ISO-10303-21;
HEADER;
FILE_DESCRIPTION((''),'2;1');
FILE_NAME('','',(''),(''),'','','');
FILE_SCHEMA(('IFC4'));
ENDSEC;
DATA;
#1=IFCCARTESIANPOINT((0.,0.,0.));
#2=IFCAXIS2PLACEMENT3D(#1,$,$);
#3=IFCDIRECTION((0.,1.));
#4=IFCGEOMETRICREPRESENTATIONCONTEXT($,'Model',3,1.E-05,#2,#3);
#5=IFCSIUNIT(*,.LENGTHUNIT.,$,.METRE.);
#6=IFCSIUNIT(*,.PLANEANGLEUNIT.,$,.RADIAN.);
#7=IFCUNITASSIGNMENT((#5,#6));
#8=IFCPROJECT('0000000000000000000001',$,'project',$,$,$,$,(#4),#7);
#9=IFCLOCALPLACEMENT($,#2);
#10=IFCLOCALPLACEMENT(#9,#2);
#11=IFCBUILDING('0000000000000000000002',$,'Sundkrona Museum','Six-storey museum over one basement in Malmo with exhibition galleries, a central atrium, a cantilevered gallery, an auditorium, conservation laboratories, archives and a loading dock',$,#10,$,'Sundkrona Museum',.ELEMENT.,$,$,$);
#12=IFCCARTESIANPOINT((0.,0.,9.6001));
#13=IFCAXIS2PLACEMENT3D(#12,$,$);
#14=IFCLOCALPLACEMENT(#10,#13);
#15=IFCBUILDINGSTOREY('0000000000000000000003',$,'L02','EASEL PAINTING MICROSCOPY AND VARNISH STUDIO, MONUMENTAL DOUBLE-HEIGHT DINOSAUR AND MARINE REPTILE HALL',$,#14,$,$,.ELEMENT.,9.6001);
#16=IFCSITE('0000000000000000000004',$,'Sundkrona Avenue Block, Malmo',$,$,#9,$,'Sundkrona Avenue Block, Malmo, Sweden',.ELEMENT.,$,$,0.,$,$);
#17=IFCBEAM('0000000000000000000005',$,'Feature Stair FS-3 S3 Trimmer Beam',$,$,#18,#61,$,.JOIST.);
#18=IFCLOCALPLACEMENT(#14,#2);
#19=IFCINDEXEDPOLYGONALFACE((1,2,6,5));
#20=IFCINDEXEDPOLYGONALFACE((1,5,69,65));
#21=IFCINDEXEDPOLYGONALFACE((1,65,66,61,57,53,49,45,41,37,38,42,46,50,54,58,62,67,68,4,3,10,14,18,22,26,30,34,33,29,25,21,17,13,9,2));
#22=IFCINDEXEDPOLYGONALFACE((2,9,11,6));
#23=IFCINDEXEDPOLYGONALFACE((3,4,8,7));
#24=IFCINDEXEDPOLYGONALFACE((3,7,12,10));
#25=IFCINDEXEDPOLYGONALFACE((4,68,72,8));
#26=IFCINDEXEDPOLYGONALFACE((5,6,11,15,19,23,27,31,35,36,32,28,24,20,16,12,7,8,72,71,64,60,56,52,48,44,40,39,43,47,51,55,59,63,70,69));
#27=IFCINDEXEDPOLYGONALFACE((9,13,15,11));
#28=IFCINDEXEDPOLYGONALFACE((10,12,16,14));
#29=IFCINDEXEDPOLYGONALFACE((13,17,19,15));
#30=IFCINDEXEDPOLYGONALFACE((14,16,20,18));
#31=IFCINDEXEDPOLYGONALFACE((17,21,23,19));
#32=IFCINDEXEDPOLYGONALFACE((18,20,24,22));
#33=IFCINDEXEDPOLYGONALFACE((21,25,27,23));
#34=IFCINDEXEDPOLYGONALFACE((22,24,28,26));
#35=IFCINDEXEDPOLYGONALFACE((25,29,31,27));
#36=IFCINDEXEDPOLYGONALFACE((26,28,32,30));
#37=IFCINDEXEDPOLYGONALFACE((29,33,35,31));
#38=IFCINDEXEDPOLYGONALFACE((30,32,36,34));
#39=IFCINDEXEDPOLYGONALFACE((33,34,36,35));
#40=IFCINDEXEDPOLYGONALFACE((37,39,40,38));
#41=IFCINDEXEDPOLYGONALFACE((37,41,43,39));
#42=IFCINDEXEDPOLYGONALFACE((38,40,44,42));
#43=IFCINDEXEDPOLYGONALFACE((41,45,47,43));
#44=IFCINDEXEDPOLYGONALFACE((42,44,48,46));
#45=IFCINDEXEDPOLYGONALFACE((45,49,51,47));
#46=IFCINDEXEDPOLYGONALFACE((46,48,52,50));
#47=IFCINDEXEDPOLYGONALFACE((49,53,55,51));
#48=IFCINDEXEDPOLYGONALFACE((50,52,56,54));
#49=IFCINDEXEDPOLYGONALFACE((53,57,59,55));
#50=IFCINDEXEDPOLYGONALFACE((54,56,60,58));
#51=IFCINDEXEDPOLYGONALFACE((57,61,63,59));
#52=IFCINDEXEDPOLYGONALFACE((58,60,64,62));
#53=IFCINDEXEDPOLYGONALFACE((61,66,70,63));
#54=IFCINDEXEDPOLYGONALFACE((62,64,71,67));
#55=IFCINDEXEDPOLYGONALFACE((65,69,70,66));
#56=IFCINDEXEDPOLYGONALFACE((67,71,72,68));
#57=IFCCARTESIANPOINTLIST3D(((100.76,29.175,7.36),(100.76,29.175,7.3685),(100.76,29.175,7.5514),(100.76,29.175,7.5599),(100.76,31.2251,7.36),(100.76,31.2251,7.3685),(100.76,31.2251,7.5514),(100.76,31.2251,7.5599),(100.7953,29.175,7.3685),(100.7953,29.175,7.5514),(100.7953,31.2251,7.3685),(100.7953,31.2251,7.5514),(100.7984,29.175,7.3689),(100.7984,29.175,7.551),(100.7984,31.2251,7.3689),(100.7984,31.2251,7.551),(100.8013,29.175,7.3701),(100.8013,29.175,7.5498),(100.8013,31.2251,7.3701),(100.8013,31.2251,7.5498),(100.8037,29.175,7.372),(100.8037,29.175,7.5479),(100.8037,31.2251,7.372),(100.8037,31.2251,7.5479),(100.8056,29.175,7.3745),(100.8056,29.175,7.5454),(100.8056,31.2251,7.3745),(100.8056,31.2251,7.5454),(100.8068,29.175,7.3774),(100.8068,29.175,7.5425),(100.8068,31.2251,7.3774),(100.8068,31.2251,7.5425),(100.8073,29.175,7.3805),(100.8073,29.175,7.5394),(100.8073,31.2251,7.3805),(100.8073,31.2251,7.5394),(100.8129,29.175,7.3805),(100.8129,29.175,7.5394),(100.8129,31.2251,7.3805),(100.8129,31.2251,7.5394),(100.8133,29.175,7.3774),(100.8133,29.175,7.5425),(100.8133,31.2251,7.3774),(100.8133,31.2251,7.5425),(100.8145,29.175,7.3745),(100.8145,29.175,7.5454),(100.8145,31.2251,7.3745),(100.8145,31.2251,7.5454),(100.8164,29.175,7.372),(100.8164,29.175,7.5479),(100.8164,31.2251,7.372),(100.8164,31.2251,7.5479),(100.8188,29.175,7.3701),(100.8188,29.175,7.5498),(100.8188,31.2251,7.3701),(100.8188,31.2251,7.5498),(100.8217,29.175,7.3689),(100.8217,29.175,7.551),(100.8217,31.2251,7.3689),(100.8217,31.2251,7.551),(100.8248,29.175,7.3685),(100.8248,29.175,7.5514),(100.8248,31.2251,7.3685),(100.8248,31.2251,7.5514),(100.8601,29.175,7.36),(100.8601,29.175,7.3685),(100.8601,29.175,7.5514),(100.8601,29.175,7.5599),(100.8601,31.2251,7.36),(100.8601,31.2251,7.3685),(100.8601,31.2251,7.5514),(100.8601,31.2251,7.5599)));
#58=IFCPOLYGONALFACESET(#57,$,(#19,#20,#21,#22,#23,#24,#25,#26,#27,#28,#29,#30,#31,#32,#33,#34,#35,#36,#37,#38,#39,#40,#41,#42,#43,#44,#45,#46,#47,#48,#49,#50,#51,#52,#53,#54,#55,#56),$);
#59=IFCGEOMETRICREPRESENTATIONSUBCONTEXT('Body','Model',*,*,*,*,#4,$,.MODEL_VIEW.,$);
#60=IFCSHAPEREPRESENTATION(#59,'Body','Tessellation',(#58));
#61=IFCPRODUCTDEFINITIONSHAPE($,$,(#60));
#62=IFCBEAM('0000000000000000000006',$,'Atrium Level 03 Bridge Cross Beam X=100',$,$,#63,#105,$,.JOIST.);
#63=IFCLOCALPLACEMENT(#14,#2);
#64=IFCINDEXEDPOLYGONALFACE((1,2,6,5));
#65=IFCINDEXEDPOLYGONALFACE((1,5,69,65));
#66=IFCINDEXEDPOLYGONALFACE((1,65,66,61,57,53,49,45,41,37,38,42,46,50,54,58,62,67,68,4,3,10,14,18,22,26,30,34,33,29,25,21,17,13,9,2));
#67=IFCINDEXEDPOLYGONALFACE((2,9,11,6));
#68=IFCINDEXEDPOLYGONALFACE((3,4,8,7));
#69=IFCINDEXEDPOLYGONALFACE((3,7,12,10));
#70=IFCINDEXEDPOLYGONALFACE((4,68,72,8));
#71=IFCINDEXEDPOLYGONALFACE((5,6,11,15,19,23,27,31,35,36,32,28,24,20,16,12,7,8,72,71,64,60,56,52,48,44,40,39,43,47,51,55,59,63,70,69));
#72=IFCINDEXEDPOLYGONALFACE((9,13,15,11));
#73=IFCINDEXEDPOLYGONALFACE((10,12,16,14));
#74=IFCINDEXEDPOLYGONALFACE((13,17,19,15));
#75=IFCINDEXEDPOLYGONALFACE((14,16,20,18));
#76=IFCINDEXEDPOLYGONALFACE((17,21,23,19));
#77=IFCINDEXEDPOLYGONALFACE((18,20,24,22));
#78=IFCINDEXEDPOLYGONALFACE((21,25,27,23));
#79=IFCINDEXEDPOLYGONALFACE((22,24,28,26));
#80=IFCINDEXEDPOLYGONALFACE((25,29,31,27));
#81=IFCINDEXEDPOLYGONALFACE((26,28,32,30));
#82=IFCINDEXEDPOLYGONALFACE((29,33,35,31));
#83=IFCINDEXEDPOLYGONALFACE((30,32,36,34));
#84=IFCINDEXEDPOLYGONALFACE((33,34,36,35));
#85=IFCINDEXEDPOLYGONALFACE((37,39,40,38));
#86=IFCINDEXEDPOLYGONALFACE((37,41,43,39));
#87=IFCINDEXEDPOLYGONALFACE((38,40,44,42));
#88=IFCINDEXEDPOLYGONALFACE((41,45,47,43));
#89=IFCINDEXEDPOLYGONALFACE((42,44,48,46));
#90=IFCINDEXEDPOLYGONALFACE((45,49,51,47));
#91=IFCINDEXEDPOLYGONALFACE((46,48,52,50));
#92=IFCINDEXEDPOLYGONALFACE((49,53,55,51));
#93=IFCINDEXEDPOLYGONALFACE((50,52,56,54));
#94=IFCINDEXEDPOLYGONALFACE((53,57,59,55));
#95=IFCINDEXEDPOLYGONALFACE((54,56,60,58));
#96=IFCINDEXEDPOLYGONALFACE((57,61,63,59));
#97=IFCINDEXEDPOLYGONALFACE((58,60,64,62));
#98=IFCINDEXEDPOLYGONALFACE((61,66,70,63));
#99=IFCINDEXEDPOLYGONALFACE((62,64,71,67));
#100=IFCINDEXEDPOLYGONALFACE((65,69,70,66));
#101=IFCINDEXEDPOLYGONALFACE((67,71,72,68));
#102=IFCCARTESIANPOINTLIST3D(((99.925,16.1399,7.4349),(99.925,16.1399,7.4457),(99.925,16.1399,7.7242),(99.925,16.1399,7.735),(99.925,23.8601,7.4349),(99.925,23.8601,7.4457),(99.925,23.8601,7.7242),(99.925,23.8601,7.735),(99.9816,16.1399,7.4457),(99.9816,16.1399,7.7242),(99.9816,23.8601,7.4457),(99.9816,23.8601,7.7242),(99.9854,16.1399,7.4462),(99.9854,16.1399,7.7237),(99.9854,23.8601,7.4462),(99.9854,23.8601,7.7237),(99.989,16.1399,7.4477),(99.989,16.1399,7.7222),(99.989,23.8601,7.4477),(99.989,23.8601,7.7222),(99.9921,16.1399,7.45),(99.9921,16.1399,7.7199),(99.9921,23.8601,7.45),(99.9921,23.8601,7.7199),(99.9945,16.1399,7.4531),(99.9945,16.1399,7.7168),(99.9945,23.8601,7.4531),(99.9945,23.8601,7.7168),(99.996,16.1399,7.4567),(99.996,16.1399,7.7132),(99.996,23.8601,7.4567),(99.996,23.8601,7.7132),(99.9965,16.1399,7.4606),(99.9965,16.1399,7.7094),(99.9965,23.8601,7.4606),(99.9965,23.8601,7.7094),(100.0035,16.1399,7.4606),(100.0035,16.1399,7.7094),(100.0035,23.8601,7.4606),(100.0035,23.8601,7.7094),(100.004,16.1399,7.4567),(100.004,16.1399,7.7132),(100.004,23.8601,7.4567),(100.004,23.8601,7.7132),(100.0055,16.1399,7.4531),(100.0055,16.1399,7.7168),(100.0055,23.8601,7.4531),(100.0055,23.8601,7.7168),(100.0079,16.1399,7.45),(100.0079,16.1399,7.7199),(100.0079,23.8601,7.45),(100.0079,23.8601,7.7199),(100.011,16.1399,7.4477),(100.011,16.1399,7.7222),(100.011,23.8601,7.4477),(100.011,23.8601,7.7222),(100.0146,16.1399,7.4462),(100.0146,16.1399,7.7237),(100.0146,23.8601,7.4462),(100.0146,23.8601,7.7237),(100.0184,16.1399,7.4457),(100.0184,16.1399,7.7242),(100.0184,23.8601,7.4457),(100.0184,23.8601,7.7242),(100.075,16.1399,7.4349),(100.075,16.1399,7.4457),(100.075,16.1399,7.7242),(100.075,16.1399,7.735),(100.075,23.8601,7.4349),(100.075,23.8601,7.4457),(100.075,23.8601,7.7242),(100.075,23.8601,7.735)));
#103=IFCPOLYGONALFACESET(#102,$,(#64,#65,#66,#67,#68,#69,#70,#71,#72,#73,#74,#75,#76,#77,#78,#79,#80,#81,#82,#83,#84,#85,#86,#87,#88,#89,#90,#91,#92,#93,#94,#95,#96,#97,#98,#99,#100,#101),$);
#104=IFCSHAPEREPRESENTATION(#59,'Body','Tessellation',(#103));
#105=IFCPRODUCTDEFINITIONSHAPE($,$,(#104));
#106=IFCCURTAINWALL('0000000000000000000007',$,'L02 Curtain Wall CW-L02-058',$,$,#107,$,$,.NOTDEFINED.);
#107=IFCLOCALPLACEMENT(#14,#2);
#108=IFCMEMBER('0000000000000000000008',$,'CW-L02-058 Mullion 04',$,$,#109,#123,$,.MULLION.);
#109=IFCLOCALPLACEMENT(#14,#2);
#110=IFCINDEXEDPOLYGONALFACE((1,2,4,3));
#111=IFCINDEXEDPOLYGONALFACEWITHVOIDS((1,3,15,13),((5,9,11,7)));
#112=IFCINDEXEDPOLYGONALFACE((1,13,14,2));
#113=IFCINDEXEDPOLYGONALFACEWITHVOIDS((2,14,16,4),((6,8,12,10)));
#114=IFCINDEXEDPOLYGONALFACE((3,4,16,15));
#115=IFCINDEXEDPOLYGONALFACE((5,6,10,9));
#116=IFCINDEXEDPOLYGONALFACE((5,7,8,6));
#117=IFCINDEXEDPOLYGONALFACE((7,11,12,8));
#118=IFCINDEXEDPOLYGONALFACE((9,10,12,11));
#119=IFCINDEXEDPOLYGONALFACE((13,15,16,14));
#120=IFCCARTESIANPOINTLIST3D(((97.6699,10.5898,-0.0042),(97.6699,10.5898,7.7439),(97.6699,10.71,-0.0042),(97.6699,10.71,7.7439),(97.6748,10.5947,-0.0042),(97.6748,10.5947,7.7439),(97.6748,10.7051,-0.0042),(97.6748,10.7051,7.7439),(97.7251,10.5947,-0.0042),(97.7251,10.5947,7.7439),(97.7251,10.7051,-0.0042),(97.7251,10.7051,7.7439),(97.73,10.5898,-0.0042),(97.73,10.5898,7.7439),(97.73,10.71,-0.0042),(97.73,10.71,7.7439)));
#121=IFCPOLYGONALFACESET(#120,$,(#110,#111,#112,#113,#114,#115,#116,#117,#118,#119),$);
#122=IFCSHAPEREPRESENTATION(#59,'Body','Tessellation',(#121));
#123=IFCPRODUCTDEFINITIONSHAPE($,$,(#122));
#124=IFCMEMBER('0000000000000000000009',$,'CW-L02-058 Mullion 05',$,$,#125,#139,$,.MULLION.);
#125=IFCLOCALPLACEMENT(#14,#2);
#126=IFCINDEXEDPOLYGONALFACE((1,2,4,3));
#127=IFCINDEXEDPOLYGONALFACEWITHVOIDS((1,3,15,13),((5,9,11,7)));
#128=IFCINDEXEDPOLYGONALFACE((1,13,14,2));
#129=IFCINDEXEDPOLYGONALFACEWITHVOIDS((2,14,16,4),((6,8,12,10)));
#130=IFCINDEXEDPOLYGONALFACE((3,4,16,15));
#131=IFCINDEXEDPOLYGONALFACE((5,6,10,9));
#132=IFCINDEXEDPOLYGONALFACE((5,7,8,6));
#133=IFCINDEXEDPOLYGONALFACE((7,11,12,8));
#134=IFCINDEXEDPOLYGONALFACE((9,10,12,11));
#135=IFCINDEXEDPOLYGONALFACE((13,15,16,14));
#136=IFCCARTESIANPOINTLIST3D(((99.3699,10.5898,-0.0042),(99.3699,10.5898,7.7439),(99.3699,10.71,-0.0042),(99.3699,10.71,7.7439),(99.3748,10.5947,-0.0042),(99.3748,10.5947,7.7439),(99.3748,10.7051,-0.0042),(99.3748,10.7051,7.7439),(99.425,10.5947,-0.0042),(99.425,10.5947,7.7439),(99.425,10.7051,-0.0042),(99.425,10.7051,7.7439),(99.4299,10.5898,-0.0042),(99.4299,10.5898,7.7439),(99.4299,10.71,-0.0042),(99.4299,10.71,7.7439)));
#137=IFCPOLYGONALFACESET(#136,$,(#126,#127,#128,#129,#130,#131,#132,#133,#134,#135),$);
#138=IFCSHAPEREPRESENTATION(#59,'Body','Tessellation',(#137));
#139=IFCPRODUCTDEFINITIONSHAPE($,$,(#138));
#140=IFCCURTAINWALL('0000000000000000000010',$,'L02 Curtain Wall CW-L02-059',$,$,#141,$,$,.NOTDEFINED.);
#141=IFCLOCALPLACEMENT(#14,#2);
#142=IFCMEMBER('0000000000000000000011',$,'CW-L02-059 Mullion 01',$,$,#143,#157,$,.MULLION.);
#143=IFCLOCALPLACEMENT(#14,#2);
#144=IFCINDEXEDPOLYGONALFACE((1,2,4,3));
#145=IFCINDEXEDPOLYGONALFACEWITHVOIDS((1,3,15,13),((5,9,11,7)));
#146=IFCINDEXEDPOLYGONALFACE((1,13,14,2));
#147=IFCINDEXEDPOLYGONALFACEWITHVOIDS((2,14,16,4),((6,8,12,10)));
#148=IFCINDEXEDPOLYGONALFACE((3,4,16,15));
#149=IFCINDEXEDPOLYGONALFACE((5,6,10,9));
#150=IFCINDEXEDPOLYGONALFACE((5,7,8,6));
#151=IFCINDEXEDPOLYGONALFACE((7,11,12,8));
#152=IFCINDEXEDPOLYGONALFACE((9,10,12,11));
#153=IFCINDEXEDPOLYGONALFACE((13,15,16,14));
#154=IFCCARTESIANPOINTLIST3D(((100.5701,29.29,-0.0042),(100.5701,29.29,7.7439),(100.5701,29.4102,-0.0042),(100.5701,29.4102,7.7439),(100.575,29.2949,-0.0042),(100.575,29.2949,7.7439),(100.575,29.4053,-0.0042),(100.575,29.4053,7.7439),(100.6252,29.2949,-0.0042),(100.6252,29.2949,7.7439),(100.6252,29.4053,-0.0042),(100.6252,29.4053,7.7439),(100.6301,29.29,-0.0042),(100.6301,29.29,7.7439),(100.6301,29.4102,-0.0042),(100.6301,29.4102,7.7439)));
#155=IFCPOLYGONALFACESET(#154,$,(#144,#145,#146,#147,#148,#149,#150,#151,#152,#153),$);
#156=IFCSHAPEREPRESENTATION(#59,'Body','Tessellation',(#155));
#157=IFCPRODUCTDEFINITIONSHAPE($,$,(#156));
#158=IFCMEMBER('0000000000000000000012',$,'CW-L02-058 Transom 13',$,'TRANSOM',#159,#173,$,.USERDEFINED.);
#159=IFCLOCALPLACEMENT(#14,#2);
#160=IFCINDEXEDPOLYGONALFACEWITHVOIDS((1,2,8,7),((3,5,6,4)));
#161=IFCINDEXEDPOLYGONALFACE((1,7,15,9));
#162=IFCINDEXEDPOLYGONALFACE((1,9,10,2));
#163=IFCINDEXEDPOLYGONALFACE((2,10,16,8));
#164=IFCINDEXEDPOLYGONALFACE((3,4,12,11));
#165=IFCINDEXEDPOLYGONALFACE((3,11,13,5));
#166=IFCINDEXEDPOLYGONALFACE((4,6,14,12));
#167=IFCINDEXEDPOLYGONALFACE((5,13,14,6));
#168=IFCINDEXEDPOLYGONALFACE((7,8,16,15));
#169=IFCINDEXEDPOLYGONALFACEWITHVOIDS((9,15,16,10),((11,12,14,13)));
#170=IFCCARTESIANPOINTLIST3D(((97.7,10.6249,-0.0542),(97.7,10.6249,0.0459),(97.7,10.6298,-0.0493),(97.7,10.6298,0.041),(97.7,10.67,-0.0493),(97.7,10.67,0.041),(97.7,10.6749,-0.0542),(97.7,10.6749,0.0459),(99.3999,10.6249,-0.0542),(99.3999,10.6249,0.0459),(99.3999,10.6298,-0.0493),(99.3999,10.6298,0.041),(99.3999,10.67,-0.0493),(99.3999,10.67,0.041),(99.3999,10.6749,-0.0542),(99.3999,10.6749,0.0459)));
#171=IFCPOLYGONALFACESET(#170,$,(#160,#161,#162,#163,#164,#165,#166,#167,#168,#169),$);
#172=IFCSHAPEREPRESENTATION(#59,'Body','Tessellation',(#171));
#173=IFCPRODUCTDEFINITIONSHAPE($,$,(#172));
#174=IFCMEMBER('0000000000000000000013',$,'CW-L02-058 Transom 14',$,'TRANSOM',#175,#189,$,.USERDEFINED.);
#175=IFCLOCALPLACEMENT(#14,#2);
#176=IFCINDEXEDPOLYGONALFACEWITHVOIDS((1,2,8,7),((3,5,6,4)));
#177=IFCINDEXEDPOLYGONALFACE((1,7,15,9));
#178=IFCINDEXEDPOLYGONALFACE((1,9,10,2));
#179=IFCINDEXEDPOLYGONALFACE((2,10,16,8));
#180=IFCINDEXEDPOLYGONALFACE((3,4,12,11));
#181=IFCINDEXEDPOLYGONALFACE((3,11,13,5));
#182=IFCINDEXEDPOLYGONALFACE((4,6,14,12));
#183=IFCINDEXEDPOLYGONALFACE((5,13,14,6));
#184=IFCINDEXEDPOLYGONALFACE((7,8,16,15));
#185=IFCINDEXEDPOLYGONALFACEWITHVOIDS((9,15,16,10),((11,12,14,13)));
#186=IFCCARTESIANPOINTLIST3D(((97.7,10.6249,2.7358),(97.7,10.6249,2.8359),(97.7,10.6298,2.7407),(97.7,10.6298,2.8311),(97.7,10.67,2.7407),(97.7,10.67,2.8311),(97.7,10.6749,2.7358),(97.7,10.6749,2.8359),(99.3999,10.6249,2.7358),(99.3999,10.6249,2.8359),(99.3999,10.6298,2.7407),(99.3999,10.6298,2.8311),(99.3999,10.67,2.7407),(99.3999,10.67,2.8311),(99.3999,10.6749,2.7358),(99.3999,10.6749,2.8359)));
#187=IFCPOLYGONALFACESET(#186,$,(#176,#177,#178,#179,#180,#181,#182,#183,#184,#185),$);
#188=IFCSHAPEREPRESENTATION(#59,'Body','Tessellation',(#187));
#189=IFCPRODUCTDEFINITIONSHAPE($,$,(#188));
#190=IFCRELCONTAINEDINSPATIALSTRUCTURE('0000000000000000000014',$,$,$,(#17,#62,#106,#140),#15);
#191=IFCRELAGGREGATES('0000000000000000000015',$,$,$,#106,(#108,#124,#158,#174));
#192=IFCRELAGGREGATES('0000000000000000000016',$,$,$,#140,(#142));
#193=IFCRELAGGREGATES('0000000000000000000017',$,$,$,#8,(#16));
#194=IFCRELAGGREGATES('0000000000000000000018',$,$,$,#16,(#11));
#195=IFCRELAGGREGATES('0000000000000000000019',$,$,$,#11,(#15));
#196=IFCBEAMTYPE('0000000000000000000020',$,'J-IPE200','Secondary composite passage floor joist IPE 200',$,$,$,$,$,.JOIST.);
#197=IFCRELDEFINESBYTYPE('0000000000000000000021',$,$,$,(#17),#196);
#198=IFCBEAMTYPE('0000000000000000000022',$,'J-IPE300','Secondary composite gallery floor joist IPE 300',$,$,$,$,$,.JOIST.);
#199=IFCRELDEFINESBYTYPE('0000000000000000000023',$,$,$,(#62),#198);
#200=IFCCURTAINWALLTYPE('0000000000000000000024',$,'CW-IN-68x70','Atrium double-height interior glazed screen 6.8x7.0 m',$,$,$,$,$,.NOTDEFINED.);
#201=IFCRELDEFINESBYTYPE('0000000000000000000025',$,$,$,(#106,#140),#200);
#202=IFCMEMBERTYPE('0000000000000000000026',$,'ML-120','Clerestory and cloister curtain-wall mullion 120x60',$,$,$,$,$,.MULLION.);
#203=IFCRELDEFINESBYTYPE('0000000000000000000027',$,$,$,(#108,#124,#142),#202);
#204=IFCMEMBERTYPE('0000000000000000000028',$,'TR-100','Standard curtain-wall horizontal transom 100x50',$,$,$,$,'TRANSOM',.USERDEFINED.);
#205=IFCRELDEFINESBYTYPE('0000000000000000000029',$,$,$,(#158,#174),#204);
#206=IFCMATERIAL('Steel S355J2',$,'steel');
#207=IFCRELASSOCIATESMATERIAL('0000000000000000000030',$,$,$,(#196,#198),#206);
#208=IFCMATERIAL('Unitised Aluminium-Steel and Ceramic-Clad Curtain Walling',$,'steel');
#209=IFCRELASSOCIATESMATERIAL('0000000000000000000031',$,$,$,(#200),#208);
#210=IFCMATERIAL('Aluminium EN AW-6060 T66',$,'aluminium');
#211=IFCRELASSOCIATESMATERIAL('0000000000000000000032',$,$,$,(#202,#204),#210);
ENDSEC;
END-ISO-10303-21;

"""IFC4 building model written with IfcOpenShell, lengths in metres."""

from ifc_helpers import new_model, si_unit, direction, frame, origin, origin_2d, place, context, subcontext, project, spatial, hollow_rectangle, i_section, extrude, material, material_profile, profile_set, type_object, element, aggregate, save


model = new_model("IFC4")

# Units and contexts
model_context = context("Model", 3, precision=1e-05, world=origin(), true_north=direction((0.0, 1.0)))
body_context = subcontext(model_context, "Body", "Model", "MODEL_VIEW")
ifc_project = project(units=[si_unit("LENGTHUNIT", "METRE"), si_unit("PLANEANGLEUNIT", "RADIAN")], contexts=[model_context])

# Site, building, storey
site_placement = place(None, origin())
site = spatial("IfcSite", under=ifc_project, at=site_placement, Name="Sundkrona Avenue Block, Malmo", LongName="Sundkrona Avenue Block, Malmo, Sweden", CompositionType="ELEMENT", RefElevation=0.0)
building_placement = place(site_placement, origin())
building = spatial("IfcBuilding", under=site, at=building_placement, Name="Sundkrona Museum", Description="Six-storey museum over one basement in Malmo with exhibition galleries, a central atrium, a cantilevered gallery, an auditorium, conservation laboratories, archives and a loading dock", LongName="Sundkrona Museum", CompositionType="ELEMENT")
storey_placement = place(building_placement, frame((0.0, 0.0, 9.6001)))
storey = spatial("IfcBuildingStorey", under=building, at=storey_placement, Name="L02", Description="EASEL PAINTING MICROSCOPY AND VARNISH STUDIO, MONUMENTAL DOUBLE-HEIGHT DINOSAUR AND MARINE REPTILE HALL", CompositionType="ELEMENT", Elevation=9.6001)

# Shared definitions
ifc_material_1 = material(Name="Steel S355J2", Category="steel")

# Beams
ifc_material_profile_1 = material_profile(ifc_material_1, i_section(OverallWidth=0.1001, OverallDepth=0.2, WebThickness=0.0056, FlangeThickness=0.0085, FilletRadius=0.012, at=origin_2d()), Name="IPE 200")
ifc_profile_set_1 = profile_set([ifc_material_profile_1], Name="Steel S355J2")
beam_type_1 = type_object("IfcBeamType", Name="J-IPE200", Description="Secondary composite passage floor joist IPE 200", PredefinedType="JOIST", material=ifc_profile_set_1)
beam_1_placement = place(storey_placement, frame((100.8101, 29.175, 7.46), z_axis=(0.0, 1.0, 0.0), x_axis=(-1.0, 0.0, 0.0)))
element("IfcBeam", 1, at=beam_1_placement, inside=storey, type_object=beam_type_1, Name="Feature Stair FS-3 S3 Trimmer Beam", PredefinedType="JOIST", context=body_context, shape_type="SweptSolid", body=[
    extrude(i_section(OverallWidth=0.1001, OverallDepth=0.2, WebThickness=0.0056, FlangeThickness=0.0085, FilletRadius=0.012, at=origin_2d()), origin(), (0.0, 0.0, 1.0), 2.05),
])
ifc_material_profile_2 = material_profile(ifc_material_1, i_section(OverallWidth=0.1499, OverallDepth=0.3, WebThickness=0.0071, FlangeThickness=0.0107, FilletRadius=0.0149, at=origin_2d()), Name="IPE 300")
ifc_profile_set_2 = profile_set([ifc_material_profile_2], Name="Steel S355J2")
beam_type_2 = type_object("IfcBeamType", Name="J-IPE300", Description="Secondary composite gallery floor joist IPE 300", PredefinedType="JOIST", material=ifc_profile_set_2)
beam_2_placement = place(storey_placement, frame((100.0, 16.1399, 7.585), z_axis=(0.0, 1.0, 0.0), x_axis=(-1.0, 0.0, 0.0)))
element("IfcBeam", 2, at=beam_2_placement, inside=storey, type_object=beam_type_2, Name="Atrium Level 03 Bridge Cross Beam X=100", PredefinedType="JOIST", context=body_context, shape_type="SweptSolid", body=[
    extrude(i_section(OverallWidth=0.1499, OverallDepth=0.3, WebThickness=0.0071, FlangeThickness=0.0107, FilletRadius=0.0149, at=origin_2d()), origin(), (0.0, 0.0, 1.0), 7.7202),
])

# Curtain wall, members
ifc_material_2 = material(Name="Unitised Aluminium-Steel and Ceramic-Clad Curtain Walling", Category="steel")
curtain_wall_type = type_object("IfcCurtainWallType", Name="CW-IN-68x70", Description="Atrium double-height interior glazed screen 6.8x7.0 m", PredefinedType="NOTDEFINED", material=ifc_material_2)
curtain_wall_1_placement = place(storey_placement, origin())
curtain_wall_1 = element("IfcCurtainWall", 3, at=curtain_wall_1_placement, inside=storey, type_object=curtain_wall_type, Name="L02 Curtain Wall CW-L02-058", PredefinedType="NOTDEFINED")
ifc_material_3 = material(Name="Aluminium EN AW-6060 T66", Category="aluminium")
ifc_material_profile_3 = material_profile(ifc_material_3, hollow_rectangle(XDim=0.0601, YDim=0.1201, WallThickness=0.0049, at=origin_2d()), Name="RHS 120x60x5.0")
ifc_profile_set_3 = profile_set([ifc_material_profile_3], Name="Aluminium EN AW-6060 T66")
member_type_1 = type_object("IfcMemberType", Name="ML-120", Description="Clerestory and cloister curtain-wall mullion 120x60", PredefinedType="MULLION", material=ifc_profile_set_3)
member_1_placement = place(storey_placement, frame((97.7, 10.6499, -0.0042), z_axis=(0.0, 0.0, 1.0), x_axis=(1.0, 0.0, 0.0)))
member_1 = element("IfcMember", 4, at=member_1_placement, type_object=member_type_1, Name="CW-L02-058 Mullion 04", PredefinedType="MULLION", context=body_context, shape_type="SweptSolid", body=[
    extrude(hollow_rectangle(XDim=0.0601, YDim=0.1201, WallThickness=0.0049, at=origin_2d()), origin(), (0.0, 0.0, 1.0), 7.748),
])
member_2_placement = place(storey_placement, frame((99.3999, 10.6499, -0.0042), z_axis=(0.0, 0.0, 1.0), x_axis=(1.0, 0.0, 0.0)))
member_2 = element("IfcMember", 5, at=member_2_placement, type_object=member_type_1, Name="CW-L02-058 Mullion 05", PredefinedType="MULLION", context=body_context, shape_type="SweptSolid", body=[
    extrude(hollow_rectangle(XDim=0.0601, YDim=0.1201, WallThickness=0.0049, at=origin_2d()), origin(), (0.0, 0.0, 1.0), 7.748),
])

# Curtain wall, member
curtain_wall_2_placement = place(storey_placement, origin())
curtain_wall_2 = element("IfcCurtainWall", 6, at=curtain_wall_2_placement, inside=storey, type_object=curtain_wall_type, Name="L02 Curtain Wall CW-L02-059", PredefinedType="NOTDEFINED")
member_3_placement = place(storey_placement, frame((100.6001, 29.3501, -0.0042), z_axis=(0.0, 0.0, 1.0), x_axis=(1.0, 0.0, 0.0)))
member_3 = element("IfcMember", 7, at=member_3_placement, type_object=member_type_1, Name="CW-L02-059 Mullion 01", PredefinedType="MULLION", context=body_context, shape_type="SweptSolid", body=[
    extrude(hollow_rectangle(XDim=0.0601, YDim=0.1201, WallThickness=0.0049, at=origin_2d()), origin(), (0.0, 0.0, 1.0), 7.748),
])

# Members
ifc_material_profile_4 = material_profile(ifc_material_3, hollow_rectangle(XDim=0.05, YDim=0.1001, WallThickness=0.0049, at=origin_2d()), Name="RHS 100x50x5.0")
ifc_profile_set_4 = profile_set([ifc_material_profile_4], Name="Aluminium EN AW-6060 T66")
member_type_2 = type_object("IfcMemberType", Name="TR-100", Description="Standard curtain-wall horizontal transom 100x50", ElementType="TRANSOM", PredefinedType="USERDEFINED", material=ifc_profile_set_4)
member_4_placement = place(storey_placement, frame((97.7, 10.6499, -0.0042), z_axis=(1.0, 0.0, 0.0), x_axis=(0.0, 1.0, 0.0)))
member_4 = element("IfcMember", 8, at=member_4_placement, type_object=member_type_2, Name="CW-L02-058 Transom 13", ObjectType="TRANSOM", PredefinedType="USERDEFINED", context=body_context, shape_type="SweptSolid", body=[
    extrude(hollow_rectangle(XDim=0.05, YDim=0.1001, WallThickness=0.0049, at=origin_2d()), origin(), (0.0, 0.0, 1.0), 1.7),
])
member_5_placement = place(storey_placement, frame((97.7, 10.6499, 2.7859), z_axis=(1.0, 0.0, 0.0), x_axis=(0.0, 1.0, 0.0)))
member_5 = element("IfcMember", 9, at=member_5_placement, type_object=member_type_2, Name="CW-L02-058 Transom 14", ObjectType="TRANSOM", PredefinedType="USERDEFINED", context=body_context, shape_type="SweptSolid", body=[
    extrude(hollow_rectangle(XDim=0.05, YDim=0.1001, WallThickness=0.0049, at=origin_2d()), origin(), (0.0, 0.0, 1.0), 1.7),
])

aggregate(curtain_wall_1, [member_1, member_2, member_4, member_5])
aggregate(curtain_wall_2, [member_3])

save(model, "model.ifc")
